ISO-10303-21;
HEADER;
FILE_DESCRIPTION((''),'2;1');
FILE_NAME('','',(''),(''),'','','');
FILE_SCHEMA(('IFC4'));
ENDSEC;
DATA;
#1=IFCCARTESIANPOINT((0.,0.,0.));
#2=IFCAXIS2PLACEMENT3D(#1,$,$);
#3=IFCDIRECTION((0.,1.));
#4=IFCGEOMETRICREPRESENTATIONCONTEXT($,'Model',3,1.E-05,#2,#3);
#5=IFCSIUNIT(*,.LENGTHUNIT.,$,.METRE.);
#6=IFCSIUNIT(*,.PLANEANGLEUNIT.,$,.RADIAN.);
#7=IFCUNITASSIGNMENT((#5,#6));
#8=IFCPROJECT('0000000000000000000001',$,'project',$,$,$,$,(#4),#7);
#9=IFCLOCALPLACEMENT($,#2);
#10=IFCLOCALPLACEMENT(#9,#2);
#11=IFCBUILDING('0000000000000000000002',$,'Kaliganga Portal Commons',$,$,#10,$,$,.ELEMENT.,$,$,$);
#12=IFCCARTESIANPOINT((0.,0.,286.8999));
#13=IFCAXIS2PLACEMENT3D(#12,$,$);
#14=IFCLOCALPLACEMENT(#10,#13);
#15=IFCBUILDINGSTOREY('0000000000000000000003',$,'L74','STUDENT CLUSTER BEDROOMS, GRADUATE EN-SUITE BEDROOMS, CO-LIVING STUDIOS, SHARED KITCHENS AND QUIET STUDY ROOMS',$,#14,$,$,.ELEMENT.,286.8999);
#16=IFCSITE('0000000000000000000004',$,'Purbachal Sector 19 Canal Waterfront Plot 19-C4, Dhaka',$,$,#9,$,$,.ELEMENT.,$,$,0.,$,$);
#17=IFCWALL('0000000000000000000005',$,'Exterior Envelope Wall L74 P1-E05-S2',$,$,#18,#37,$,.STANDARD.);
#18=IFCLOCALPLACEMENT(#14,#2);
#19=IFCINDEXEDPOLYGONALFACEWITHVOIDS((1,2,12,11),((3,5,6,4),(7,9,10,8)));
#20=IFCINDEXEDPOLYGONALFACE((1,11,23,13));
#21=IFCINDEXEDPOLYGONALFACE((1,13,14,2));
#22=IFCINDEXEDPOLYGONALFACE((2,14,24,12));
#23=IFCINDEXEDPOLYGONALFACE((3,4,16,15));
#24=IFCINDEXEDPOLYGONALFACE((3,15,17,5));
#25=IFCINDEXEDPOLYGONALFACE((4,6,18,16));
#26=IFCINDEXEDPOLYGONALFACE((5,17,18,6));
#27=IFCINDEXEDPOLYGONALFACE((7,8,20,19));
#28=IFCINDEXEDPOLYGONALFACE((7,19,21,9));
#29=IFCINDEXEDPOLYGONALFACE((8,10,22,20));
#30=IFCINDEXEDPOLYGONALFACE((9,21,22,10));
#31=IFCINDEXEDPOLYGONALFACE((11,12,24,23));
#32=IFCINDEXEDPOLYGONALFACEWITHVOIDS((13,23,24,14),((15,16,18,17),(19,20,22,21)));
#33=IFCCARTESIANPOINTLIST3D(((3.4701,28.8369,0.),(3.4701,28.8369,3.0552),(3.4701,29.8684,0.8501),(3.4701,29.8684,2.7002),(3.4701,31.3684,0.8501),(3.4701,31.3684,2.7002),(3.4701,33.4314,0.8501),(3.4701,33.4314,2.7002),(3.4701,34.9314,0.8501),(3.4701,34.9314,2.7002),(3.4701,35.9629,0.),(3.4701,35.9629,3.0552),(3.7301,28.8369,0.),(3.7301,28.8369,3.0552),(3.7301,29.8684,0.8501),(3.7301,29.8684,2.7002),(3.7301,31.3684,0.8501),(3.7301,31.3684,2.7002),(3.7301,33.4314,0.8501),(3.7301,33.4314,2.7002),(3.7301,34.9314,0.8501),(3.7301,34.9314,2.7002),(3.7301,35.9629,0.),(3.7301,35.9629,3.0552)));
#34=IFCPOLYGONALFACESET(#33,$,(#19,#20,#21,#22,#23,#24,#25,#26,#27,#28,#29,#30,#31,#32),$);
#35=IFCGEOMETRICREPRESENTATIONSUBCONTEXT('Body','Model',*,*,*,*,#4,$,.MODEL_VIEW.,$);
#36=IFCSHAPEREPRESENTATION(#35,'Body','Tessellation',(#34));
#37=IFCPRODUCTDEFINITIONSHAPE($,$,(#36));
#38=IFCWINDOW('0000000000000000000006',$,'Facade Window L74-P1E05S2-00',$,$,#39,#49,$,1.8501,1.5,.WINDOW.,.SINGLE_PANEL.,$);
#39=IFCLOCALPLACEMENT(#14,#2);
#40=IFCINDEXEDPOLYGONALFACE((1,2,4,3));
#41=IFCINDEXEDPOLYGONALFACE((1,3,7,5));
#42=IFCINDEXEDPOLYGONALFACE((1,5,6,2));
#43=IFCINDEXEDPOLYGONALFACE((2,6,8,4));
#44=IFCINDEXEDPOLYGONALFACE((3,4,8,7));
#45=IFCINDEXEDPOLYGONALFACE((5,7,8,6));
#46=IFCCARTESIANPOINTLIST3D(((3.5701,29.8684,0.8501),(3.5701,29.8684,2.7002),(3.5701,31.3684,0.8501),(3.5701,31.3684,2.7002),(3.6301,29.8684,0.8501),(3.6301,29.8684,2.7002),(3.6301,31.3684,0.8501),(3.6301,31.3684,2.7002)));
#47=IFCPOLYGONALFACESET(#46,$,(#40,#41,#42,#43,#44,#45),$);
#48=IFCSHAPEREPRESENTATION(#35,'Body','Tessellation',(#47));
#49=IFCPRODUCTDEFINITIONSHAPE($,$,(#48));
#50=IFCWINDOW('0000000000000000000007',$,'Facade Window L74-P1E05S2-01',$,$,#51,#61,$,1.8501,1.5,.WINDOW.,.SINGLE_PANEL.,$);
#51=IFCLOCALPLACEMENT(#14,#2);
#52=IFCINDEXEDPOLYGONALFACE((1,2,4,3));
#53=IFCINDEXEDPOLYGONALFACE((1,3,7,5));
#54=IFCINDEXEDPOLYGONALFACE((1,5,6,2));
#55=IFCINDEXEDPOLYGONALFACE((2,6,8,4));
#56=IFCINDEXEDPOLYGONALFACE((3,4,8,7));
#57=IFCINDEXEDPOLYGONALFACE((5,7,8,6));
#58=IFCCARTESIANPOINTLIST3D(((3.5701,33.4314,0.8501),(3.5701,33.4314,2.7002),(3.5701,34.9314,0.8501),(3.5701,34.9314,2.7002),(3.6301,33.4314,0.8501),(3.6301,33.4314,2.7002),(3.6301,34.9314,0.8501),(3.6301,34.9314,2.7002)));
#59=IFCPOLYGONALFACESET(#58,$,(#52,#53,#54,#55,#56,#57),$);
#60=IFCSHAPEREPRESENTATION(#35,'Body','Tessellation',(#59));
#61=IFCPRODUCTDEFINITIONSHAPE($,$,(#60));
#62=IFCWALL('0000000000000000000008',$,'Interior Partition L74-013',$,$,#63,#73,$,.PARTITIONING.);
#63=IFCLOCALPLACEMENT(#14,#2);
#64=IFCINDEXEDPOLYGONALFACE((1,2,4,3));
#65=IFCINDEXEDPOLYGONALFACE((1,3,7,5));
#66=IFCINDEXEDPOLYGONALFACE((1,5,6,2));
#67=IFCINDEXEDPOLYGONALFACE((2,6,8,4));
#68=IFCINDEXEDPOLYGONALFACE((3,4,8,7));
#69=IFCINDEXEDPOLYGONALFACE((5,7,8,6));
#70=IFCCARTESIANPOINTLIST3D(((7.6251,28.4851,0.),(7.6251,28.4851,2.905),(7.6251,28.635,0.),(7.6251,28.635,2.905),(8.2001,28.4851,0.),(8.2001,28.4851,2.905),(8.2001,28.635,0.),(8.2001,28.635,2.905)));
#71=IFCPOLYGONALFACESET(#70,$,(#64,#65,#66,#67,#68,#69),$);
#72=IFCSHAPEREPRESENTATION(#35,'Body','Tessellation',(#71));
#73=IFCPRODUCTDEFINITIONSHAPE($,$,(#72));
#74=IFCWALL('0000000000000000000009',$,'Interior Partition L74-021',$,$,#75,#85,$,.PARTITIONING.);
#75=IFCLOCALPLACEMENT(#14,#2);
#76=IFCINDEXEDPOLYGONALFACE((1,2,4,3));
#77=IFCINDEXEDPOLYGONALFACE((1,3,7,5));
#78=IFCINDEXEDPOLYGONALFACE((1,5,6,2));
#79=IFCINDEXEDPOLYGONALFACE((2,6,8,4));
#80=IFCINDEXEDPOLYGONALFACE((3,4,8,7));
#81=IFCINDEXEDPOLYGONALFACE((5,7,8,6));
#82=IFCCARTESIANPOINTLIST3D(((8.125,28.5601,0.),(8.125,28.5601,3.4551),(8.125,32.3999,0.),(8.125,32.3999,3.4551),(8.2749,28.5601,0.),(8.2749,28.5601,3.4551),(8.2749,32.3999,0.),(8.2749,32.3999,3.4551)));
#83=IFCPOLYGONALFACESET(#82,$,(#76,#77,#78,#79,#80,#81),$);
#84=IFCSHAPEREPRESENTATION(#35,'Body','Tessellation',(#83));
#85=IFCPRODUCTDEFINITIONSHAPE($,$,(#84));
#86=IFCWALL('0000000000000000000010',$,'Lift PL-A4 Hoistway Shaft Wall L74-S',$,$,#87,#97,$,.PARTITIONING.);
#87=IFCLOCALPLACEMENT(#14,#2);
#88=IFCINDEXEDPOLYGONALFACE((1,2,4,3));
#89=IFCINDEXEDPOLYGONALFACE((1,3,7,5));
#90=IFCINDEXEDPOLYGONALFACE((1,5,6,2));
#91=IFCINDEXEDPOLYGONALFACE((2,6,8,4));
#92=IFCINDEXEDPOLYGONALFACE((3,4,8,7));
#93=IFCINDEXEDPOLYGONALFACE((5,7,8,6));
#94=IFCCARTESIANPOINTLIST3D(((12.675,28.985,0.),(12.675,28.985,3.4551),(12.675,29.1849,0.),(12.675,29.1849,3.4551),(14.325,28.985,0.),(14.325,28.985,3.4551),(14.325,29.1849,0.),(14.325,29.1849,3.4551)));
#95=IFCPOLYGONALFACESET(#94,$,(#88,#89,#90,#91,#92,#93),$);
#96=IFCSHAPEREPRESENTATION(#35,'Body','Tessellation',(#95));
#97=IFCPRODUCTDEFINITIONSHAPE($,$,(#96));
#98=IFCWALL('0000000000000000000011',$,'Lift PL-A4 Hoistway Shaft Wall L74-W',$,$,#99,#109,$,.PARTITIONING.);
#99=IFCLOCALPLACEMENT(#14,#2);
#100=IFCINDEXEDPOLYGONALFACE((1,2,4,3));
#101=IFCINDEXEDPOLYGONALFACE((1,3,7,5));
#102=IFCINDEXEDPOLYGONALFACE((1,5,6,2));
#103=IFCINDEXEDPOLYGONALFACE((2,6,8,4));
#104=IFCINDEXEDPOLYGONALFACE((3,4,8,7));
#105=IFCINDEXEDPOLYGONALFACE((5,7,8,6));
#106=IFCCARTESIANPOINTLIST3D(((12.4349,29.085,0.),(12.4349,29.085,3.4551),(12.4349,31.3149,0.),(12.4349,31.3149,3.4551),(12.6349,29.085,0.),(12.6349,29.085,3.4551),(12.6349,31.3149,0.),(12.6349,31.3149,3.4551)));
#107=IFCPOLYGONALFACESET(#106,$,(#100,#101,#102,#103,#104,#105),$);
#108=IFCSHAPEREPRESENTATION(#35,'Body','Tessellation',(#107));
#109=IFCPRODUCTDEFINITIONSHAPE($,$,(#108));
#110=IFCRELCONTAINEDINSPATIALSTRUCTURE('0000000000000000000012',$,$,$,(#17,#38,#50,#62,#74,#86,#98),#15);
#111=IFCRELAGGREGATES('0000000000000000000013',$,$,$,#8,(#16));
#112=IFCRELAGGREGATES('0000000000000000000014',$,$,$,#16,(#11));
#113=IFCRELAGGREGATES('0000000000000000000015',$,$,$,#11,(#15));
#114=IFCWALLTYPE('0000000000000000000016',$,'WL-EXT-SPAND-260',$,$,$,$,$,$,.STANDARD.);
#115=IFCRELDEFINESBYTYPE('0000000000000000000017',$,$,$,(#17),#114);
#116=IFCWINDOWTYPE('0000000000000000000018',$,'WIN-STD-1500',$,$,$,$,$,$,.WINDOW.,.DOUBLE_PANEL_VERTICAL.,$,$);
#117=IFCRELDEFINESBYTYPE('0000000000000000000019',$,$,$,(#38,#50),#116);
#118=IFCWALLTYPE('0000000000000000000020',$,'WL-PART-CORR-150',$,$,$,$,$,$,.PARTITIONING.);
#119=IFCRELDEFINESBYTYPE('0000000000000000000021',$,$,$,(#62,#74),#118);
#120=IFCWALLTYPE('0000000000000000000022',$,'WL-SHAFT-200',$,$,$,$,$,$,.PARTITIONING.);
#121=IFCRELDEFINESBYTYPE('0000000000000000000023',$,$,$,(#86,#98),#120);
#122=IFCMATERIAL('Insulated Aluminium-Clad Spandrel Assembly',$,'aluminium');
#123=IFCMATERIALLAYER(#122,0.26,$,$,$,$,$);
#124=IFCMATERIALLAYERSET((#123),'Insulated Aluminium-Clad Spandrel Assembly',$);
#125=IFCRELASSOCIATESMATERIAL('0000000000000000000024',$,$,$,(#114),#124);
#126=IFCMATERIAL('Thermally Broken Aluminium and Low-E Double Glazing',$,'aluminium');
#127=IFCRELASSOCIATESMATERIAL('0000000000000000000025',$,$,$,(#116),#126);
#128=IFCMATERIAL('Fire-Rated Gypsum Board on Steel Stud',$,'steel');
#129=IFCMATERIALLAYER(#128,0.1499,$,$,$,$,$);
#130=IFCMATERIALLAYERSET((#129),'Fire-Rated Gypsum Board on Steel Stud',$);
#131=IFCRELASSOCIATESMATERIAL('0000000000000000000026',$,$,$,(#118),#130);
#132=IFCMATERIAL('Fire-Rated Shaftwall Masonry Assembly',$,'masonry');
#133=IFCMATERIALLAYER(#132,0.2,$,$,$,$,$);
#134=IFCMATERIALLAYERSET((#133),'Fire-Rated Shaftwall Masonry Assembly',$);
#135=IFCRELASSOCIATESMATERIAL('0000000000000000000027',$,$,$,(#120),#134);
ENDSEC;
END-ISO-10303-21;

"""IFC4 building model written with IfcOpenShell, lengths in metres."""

from ifc_helpers import new_model, si_unit, direction, frame, frame_2d, origin, place, context, subcontext, project, spatial, rectangle, extrude, material, layer, layer_set, type_object, element, fill, save


model = new_model("IFC4")

# Units and contexts
model_context = context("Model", 3, precision=1e-05, world=origin(), true_north=direction((0.0, 1.0)))
body_context = subcontext(model_context, "Body", "Model", "MODEL_VIEW")
ifc_project = project(units=[si_unit("LENGTHUNIT", "METRE"), si_unit("PLANEANGLEUNIT", "RADIAN")], contexts=[model_context])

# Site, building, storey
site_placement = place(None, origin())
site = spatial("IfcSite", under=ifc_project, at=site_placement, Name="Purbachal Sector 19 Canal Waterfront Plot 19-C4, Dhaka", CompositionType="ELEMENT", RefElevation=0.0)
building_placement = place(site_placement, origin())
building = spatial("IfcBuilding", under=site, at=building_placement, Name="Kaliganga Portal Commons", CompositionType="ELEMENT")
storey_placement = place(building_placement, frame((0.0, 0.0, 286.8999)))
storey = spatial("IfcBuildingStorey", under=building, at=storey_placement, Name="L74", Description="STUDENT CLUSTER BEDROOMS, GRADUATE EN-SUITE BEDROOMS, CO-LIVING STUDIOS, SHARED KITCHENS AND QUIET STUDY ROOMS", CompositionType="ELEMENT", Elevation=286.8999)

# Wall, openings, windows
ifc_material_1 = material(Name="Insulated Aluminium-Clad Spandrel Assembly", Category="aluminium")
ifc_layer_1 = layer(ifc_material_1, 0.26)
ifc_layer_set_1 = layer_set([ifc_layer_1], Name="Insulated Aluminium-Clad Spandrel Assembly")
wall_type_1 = type_object("IfcWallType", Name="WL-EXT-SPAND-260", PredefinedType="STANDARD", material=ifc_layer_set_1)
wall_1_placement = place(storey_placement, frame((3.6001, 28.8369, 0.0), z_axis=(0.0, 0.0, 1.0), x_axis=(0.0, 1.0, 0.0)))
wall_1 = element("IfcWall", 1, at=wall_1_placement, inside=storey, type_object=wall_type_1, Name="Exterior Envelope Wall L74 P1-E05-S2", PredefinedType="STANDARD", context=body_context, shape_type="SweptSolid", body=[
    extrude(rectangle(XDim=7.126, YDim=0.26, at=frame_2d((3.563, 0.0))), origin(), (0.0, 0.0, 1.0), 3.0552),
])
opening_1_placement = place(wall_1_placement, frame((1.0315, 0.0, 0.8501)))
opening_1 = element("IfcOpeningElement", 2, at=opening_1_placement, cuts=wall_1, PredefinedType="OPENING", context=body_context, shape_type="SweptSolid", body=[
    extrude(rectangle(XDim=1.5, YDim=1.8501, at=frame_2d((0.75, 0.925))), frame((0.0, 0.1401, 0.0), z_axis=(0.0, -1.0, 0.0), x_axis=(1.0, 0.0, 0.0)), (0.0, 0.0, 1.0), 0.28),
])
opening_2_placement = place(wall_1_placement, frame((4.5945, 0.0, 0.8501)))
opening_2 = element("IfcOpeningElement", 3, at=opening_2_placement, cuts=wall_1, PredefinedType="OPENING", context=body_context, shape_type="SweptSolid", body=[
    extrude(rectangle(XDim=1.5, YDim=1.8501, at=frame_2d((0.75, 0.925))), frame((0.0, 0.1401, 0.0), z_axis=(0.0, -1.0, 0.0), x_axis=(1.0, 0.0, 0.0)), (0.0, 0.0, 1.0), 0.28),
])
ifc_material_2 = material(Name="Thermally Broken Aluminium and Low-E Double Glazing", Category="aluminium")
window_type = type_object("IfcWindowType", Name="WIN-STD-1500", PartitioningType="DOUBLE_PANEL_VERTICAL", PredefinedType="WINDOW", material=ifc_material_2)
window_1_placement = place(opening_1_placement, origin())
window_1 = element("IfcWindow", 4, at=window_1_placement, inside=storey, type_object=window_type, Name="Facade Window L74-P1E05S2-00", OverallHeight=1.8501, OverallWidth=1.5, PartitioningType="SINGLE_PANEL", PredefinedType="WINDOW", context=body_context, shape_type="SweptSolid", body=[
    extrude(rectangle(XDim=1.5, YDim=1.8501, at=frame_2d((0.75, 0.925))), frame((0.0, 0.03, 0.0), z_axis=(0.0, -1.0, 0.0), x_axis=(1.0, 0.0, 0.0)), (0.0, 0.0, 1.0), 0.0601),
])
fill(opening_1, window_1)
window_2_placement = place(opening_2_placement, origin())
window_2 = element("IfcWindow", 5, at=window_2_placement, inside=storey, type_object=window_type, Name="Facade Window L74-P1E05S2-01", OverallHeight=1.8501, OverallWidth=1.5, PartitioningType="SINGLE_PANEL", PredefinedType="WINDOW", context=body_context, shape_type="SweptSolid", body=[
    extrude(rectangle(XDim=1.5, YDim=1.8501, at=frame_2d((0.75, 0.925))), frame((0.0, 0.03, 0.0), z_axis=(0.0, -1.0, 0.0), x_axis=(1.0, 0.0, 0.0)), (0.0, 0.0, 1.0), 0.0601),
])
fill(opening_2, window_2)

# Shared definitions
ifc_material_3 = material(Name="Fire-Rated Gypsum Board on Steel Stud", Category="steel")
ifc_layer_2 = layer(ifc_material_3, 0.1499)
ifc_layer_set_2 = layer_set([ifc_layer_2], Name="Fire-Rated Gypsum Board on Steel Stud")
wall_type_2 = type_object("IfcWallType", Name="WL-PART-CORR-150", PredefinedType="PARTITIONING", material=ifc_layer_set_2)

# Walls
wall_2_placement = place(storey_placement, frame((7.625, 28.5601, 0.0), z_axis=(0.0, 0.0, 1.0), x_axis=(1.0, 0.0, 0.0)))
element("IfcWall", 6, at=wall_2_placement, inside=storey, type_object=wall_type_2, Name="Interior Partition L74-013", PredefinedType="PARTITIONING", context=body_context, shape_type="SweptSolid", body=[
    extrude(rectangle(XDim=0.575, YDim=0.1499, at=frame_2d((0.2876, 0.0))), origin(), (0.0, 0.0, 1.0), 2.905),
])
wall_3_placement = place(storey_placement, frame((8.2, 28.5601, 0.0), z_axis=(0.0, 0.0, 1.0), x_axis=(0.0, 1.0, 0.0)))
element("IfcWall", 7, at=wall_3_placement, inside=storey, type_object=wall_type_2, Name="Interior Partition L74-021", PredefinedType="PARTITIONING", context=body_context, shape_type="SweptSolid", body=[
    extrude(rectangle(XDim=3.8398, YDim=0.1499, at=frame_2d((1.9199, 0.0))), origin(), (0.0, 0.0, 1.0), 3.4551),
])
ifc_material_4 = material(Name="Fire-Rated Shaftwall Masonry Assembly", Category="masonry")
ifc_layer_3 = layer(ifc_material_4, 0.2)
ifc_layer_set_3 = layer_set([ifc_layer_3], Name="Fire-Rated Shaftwall Masonry Assembly")
wall_type_3 = type_object("IfcWallType", Name="WL-SHAFT-200", PredefinedType="PARTITIONING", material=ifc_layer_set_3)
wall_4_placement = place(storey_placement, frame((12.675, 29.085, 0.0), z_axis=(0.0, 0.0, 1.0), x_axis=(1.0, 0.0, 0.0)))
element("IfcWall", 8, at=wall_4_placement, inside=storey, type_object=wall_type_3, Name="Lift PL-A4 Hoistway Shaft Wall L74-S", PredefinedType="PARTITIONING", context=body_context, shape_type="SweptSolid", body=[
    extrude(rectangle(XDim=1.6499, YDim=0.2, at=frame_2d((0.825, 0.0))), origin(), (0.0, 0.0, 1.0), 3.4551),
])

# Wall
wall_5_placement = place(storey_placement, frame((12.5349, 29.085, 0.0), z_axis=(0.0, 0.0, 1.0), x_axis=(0.0, 1.0, 0.0)))
element("IfcWall", 9, at=wall_5_placement, inside=storey, type_object=wall_type_3, Name="Lift PL-A4 Hoistway Shaft Wall L74-W", PredefinedType="PARTITIONING", context=body_context, shape_type="SweptSolid", body=[
    extrude(rectangle(XDim=2.23, YDim=0.2, at=frame_2d((1.115, 0.0))), origin(), (0.0, 0.0, 1.0), 3.4551),
])

save(model, "model.ifc")
